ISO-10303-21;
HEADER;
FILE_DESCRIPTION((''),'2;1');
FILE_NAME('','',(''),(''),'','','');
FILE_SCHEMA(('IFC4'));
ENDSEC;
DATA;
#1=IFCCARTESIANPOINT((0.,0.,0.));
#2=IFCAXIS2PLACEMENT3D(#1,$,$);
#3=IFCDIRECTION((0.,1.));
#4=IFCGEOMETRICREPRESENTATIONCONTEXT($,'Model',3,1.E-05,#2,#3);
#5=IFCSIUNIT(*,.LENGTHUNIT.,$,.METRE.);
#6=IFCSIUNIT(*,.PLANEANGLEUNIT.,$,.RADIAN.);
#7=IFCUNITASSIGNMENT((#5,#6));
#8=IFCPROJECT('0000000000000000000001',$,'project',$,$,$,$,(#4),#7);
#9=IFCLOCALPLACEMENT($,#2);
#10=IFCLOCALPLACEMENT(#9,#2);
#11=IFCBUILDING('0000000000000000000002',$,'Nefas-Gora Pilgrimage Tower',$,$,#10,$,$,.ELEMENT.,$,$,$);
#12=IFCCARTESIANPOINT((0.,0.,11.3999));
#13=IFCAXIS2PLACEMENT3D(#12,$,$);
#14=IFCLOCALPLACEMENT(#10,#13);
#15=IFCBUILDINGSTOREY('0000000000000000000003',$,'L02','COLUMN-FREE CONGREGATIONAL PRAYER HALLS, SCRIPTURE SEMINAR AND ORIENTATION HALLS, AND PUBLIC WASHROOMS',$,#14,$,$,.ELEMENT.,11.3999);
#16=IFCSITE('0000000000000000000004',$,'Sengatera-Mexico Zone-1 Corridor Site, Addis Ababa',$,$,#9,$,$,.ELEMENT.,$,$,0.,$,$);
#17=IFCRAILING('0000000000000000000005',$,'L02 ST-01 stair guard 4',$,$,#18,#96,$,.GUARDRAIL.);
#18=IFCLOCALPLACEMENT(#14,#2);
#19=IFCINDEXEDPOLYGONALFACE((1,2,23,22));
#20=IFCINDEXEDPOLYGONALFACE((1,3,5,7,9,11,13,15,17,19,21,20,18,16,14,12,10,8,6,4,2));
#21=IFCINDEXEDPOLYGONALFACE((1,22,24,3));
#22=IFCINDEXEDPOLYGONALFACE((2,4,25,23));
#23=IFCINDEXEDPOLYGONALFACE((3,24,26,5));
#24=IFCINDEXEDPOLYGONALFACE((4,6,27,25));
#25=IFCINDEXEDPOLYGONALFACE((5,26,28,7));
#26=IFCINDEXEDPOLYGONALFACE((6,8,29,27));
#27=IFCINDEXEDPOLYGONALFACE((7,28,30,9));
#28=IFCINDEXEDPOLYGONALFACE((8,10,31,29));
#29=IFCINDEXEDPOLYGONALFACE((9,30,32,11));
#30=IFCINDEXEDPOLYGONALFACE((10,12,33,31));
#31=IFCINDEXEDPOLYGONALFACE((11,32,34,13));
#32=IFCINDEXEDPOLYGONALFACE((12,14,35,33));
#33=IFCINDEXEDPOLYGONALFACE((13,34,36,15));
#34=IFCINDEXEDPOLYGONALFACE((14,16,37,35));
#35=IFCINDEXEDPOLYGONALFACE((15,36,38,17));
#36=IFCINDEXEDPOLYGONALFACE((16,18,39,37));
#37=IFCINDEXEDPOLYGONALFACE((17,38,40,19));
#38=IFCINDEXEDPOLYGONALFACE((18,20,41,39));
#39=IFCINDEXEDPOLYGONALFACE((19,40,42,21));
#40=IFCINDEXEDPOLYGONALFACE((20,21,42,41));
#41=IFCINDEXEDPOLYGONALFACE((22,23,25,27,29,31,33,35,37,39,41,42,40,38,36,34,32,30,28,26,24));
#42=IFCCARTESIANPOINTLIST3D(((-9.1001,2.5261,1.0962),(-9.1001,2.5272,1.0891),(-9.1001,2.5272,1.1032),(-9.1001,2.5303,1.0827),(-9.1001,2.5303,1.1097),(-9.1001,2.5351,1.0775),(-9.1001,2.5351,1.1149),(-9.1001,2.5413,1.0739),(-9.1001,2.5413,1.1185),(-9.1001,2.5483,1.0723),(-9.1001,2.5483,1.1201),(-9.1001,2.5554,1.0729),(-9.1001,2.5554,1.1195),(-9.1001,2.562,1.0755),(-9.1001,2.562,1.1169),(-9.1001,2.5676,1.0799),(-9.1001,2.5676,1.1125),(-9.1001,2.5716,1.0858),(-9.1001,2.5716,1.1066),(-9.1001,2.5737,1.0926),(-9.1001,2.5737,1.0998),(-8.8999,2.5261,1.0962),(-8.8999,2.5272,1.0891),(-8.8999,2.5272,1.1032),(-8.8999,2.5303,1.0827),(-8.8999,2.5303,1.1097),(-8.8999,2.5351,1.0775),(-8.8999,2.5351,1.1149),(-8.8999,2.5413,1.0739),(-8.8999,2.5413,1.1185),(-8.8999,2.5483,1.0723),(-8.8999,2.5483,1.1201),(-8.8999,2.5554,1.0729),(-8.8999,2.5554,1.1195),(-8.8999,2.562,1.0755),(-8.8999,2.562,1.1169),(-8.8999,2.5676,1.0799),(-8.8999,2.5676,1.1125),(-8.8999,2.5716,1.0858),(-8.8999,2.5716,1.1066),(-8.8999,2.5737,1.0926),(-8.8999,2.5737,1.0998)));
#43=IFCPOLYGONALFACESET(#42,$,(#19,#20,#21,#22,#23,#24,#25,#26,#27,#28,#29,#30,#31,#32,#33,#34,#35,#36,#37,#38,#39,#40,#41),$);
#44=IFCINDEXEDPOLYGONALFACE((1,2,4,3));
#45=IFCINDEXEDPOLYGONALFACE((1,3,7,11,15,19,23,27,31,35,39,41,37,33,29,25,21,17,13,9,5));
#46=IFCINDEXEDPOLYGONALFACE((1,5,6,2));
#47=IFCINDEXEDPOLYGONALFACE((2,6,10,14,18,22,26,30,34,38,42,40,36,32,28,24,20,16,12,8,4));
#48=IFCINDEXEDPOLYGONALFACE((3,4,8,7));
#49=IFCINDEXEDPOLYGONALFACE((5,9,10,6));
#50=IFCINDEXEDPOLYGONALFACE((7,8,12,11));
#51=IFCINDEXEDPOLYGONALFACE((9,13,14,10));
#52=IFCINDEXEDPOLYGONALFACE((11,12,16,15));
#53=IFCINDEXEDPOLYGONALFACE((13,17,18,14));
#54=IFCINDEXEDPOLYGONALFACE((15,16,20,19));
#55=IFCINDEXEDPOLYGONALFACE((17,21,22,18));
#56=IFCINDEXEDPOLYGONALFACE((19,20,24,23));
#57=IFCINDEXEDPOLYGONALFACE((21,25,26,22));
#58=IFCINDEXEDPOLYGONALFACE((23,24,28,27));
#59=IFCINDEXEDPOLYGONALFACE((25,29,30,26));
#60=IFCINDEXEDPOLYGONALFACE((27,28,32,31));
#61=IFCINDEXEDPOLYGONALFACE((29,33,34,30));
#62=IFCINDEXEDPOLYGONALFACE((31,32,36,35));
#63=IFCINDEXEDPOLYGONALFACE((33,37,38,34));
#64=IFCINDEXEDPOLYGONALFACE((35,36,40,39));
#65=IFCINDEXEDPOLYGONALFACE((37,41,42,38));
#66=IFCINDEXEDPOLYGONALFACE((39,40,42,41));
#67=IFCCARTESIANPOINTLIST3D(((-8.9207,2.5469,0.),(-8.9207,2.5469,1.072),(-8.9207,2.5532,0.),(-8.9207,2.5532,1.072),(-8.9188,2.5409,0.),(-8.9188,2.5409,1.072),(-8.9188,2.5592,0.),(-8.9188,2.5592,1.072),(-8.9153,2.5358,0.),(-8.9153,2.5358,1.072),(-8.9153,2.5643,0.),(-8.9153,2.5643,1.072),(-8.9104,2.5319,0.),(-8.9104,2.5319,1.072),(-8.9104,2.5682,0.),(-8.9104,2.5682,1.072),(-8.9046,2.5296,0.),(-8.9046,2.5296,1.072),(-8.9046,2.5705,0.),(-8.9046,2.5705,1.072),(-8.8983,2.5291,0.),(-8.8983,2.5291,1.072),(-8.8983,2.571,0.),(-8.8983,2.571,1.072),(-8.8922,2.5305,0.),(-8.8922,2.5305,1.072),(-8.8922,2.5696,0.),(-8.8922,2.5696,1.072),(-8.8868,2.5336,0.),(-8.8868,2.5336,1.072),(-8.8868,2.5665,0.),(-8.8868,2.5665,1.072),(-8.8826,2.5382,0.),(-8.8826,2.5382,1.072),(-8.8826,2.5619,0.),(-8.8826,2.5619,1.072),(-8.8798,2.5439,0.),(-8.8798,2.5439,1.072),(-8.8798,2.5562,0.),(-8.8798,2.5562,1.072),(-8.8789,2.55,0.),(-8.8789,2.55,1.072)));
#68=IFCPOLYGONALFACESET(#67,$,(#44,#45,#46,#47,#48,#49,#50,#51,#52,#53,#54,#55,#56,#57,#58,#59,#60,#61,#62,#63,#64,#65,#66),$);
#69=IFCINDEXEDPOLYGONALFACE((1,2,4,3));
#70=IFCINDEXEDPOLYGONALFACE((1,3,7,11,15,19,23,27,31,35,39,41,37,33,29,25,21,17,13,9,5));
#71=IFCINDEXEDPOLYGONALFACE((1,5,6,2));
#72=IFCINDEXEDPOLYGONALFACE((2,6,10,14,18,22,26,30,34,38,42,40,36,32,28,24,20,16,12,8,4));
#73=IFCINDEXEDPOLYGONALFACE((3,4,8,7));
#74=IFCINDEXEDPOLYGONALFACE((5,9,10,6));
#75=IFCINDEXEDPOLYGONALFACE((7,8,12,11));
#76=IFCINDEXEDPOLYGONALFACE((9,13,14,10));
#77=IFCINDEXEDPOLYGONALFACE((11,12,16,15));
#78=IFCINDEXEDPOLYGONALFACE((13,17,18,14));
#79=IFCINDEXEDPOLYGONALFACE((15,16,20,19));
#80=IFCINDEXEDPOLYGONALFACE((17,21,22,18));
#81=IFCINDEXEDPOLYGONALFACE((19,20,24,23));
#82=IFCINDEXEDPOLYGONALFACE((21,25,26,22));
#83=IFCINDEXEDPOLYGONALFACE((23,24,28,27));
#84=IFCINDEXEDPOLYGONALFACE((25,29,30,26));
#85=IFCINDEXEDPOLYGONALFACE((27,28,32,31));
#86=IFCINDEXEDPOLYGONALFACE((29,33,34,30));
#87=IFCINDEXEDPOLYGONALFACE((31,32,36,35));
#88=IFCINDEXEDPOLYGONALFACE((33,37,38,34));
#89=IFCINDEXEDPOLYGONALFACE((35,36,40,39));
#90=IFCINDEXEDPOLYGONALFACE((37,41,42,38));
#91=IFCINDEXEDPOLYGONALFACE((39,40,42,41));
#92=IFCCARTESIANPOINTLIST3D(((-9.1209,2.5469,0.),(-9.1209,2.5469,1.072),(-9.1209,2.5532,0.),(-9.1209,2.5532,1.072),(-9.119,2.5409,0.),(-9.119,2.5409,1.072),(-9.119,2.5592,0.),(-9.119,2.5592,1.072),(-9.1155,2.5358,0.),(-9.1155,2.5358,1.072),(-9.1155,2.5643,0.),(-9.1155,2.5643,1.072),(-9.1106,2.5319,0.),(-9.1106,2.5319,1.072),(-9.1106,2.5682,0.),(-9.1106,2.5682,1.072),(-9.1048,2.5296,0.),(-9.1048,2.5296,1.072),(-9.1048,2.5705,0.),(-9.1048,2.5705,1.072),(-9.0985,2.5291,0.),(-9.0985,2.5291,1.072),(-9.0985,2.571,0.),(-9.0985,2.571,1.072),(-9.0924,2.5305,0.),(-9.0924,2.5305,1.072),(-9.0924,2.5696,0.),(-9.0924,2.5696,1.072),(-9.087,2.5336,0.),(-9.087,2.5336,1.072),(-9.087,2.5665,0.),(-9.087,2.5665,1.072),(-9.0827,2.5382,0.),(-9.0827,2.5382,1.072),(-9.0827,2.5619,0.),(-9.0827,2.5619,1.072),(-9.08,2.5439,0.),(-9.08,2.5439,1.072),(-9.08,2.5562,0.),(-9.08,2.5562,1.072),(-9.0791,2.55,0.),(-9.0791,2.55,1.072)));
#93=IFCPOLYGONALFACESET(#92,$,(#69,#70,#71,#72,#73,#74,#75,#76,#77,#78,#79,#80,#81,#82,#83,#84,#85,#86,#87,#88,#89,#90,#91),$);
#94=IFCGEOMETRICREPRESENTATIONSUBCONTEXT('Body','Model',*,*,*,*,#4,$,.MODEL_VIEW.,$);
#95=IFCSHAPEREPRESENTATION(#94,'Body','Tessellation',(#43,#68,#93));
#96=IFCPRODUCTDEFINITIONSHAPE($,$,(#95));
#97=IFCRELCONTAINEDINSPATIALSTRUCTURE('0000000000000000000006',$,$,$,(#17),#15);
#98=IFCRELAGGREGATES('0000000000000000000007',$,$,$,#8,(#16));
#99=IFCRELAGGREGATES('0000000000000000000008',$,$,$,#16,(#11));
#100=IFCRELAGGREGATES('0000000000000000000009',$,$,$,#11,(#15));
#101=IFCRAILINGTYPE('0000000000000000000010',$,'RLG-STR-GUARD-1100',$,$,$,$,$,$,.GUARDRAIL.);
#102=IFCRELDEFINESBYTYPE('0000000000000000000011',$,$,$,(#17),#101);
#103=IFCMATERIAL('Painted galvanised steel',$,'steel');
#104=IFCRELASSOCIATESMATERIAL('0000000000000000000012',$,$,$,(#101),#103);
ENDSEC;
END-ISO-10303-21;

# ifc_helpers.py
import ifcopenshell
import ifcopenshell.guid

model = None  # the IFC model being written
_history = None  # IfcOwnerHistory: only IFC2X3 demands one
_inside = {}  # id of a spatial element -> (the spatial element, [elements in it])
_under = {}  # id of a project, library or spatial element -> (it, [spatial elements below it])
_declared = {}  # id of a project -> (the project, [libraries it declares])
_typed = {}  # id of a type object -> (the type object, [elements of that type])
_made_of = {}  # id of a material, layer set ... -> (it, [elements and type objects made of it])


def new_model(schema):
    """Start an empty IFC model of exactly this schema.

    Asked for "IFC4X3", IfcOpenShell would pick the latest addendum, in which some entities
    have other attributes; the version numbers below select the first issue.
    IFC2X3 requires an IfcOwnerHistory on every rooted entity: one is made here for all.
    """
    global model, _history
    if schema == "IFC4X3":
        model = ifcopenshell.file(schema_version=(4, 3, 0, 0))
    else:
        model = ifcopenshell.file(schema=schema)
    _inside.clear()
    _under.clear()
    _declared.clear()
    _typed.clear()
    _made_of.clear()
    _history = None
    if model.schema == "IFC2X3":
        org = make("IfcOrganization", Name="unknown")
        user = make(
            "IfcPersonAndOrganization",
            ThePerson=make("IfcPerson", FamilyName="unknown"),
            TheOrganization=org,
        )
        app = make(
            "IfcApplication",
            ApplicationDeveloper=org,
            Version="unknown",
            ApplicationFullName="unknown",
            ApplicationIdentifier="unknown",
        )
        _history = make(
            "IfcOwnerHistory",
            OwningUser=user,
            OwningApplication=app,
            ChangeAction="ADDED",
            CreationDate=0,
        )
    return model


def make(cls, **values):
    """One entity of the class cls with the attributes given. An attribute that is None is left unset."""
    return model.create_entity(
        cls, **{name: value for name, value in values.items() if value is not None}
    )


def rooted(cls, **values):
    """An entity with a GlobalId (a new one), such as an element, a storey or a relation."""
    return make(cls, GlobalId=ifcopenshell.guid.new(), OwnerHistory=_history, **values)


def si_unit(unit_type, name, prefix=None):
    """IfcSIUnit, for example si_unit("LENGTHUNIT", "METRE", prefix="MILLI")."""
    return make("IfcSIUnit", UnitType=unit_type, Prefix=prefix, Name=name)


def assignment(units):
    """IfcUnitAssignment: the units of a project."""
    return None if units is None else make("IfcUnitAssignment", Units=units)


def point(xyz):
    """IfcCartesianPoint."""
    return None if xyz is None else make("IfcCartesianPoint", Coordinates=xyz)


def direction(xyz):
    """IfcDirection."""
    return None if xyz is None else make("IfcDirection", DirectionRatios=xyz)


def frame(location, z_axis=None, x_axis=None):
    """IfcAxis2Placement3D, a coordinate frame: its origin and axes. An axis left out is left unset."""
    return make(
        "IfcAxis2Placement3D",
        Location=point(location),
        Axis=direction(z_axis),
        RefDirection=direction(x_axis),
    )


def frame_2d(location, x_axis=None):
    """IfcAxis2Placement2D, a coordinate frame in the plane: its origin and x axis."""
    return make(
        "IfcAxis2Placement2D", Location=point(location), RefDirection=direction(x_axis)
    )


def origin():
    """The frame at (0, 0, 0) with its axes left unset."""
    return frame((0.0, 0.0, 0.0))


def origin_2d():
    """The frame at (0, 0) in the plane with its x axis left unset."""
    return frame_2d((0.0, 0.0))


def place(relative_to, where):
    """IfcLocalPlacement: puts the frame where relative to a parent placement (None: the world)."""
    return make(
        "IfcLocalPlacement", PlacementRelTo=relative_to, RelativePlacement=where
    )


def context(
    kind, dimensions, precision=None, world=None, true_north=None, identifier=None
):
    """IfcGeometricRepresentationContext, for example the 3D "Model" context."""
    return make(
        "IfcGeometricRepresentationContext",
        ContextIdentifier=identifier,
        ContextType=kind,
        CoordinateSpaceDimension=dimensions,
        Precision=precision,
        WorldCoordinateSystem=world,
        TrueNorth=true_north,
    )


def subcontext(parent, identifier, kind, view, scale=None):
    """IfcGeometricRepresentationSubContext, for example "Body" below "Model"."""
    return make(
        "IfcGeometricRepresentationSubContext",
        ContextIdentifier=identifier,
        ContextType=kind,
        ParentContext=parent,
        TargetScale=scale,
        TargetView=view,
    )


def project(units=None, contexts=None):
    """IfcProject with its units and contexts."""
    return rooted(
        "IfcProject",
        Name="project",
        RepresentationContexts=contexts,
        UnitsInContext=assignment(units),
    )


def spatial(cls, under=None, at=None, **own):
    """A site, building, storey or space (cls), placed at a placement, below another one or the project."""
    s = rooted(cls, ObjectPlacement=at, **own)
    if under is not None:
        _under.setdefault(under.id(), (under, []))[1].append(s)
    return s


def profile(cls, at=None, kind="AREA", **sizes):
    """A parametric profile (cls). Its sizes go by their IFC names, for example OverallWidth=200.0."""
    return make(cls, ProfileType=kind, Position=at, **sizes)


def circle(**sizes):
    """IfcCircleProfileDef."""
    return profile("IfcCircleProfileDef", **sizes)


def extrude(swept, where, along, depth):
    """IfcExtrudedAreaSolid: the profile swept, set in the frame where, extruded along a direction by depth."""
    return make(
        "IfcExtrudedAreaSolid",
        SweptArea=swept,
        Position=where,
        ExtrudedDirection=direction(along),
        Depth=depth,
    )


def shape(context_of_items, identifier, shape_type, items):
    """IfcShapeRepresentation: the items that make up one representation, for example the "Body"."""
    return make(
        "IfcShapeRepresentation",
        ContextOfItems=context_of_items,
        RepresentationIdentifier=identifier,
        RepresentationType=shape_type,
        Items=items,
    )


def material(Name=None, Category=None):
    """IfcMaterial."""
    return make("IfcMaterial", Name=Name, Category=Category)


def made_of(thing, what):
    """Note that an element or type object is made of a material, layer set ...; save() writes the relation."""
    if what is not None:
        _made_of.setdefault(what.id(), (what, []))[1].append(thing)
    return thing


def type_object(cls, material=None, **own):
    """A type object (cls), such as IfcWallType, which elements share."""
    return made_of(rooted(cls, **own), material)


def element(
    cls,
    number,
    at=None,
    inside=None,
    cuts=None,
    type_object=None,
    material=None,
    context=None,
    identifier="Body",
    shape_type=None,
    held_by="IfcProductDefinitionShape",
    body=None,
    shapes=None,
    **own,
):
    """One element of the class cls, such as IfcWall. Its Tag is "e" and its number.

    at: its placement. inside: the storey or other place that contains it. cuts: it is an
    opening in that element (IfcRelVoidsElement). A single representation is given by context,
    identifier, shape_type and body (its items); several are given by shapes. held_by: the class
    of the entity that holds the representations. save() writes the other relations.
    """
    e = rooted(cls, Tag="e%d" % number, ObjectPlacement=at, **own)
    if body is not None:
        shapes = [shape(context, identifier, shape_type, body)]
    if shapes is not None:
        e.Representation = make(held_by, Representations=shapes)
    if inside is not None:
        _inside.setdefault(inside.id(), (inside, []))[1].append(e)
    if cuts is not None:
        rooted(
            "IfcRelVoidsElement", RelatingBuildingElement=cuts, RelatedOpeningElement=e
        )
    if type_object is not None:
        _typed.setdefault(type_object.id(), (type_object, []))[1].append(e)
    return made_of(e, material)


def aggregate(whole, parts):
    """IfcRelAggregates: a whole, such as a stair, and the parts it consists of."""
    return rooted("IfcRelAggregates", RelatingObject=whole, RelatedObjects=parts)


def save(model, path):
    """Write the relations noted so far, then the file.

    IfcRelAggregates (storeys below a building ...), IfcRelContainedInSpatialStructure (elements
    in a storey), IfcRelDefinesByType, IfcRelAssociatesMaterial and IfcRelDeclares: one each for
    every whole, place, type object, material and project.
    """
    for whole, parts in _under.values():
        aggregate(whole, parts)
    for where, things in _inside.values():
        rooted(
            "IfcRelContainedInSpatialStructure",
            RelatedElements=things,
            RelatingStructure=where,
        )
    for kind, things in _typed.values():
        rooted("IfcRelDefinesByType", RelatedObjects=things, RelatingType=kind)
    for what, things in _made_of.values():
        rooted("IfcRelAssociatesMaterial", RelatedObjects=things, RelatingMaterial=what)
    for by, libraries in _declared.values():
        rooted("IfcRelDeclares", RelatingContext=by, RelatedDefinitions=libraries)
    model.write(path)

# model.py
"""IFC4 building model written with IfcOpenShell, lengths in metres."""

from ifc_helpers import new_model, si_unit, direction, frame, origin, origin_2d, place, context, subcontext, project, spatial, circle, extrude, material, type_object, element, save


model = new_model("IFC4")

# Units and contexts
model_context = context("Model", 3, precision=1e-05, world=origin(), true_north=direction((0.0, 1.0)))
body_context = subcontext(model_context, "Body", "Model", "MODEL_VIEW")
ifc_project = project(units=[si_unit("LENGTHUNIT", "METRE"), si_unit("PLANEANGLEUNIT", "RADIAN")], contexts=[model_context])

# Site, building, storey
site_placement = place(None, origin())
site = spatial("IfcSite", under=ifc_project, at=site_placement, Name="Sengatera-Mexico Zone-1 Corridor Site, Addis Ababa", CompositionType="ELEMENT", RefElevation=0.0)
building_placement = place(site_placement, origin())
building = spatial("IfcBuilding", under=site, at=building_placement, Name="Nefas-Gora Pilgrimage Tower", CompositionType="ELEMENT")
storey_placement = place(building_placement, frame((0.0, 0.0, 11.3999)))
storey = spatial("IfcBuildingStorey", under=building, at=storey_placement, Name="L02", Description="COLUMN-FREE CONGREGATIONAL PRAYER HALLS, SCRIPTURE SEMINAR AND ORIENTATION HALLS, AND PUBLIC WASHROOMS", CompositionType="ELEMENT", Elevation=11.3999)

# Railing
ifc_material_1 = material(Name="Painted galvanised steel", Category="steel")
railing_type_1 = type_object("IfcRailingType", Name="RLG-STR-GUARD-1100", PredefinedType="GUARDRAIL", material=ifc_material_1)
railing_1_placement = place(storey_placement, frame((-8.8999, 2.55, 0.0)))
element("IfcRailing", 1, at=railing_1_placement, inside=storey, type_object=railing_type_1, Name="L02 ST-01 stair guard 4", PredefinedType="GUARDRAIL", context=body_context, shape_type="SweptSolid", body=[
    extrude(circle(Radius=0.0239, at=origin_2d()), frame((0.0, 0.0, 1.0962), z_axis=(-1.0, 0.0, 0.0), x_axis=(0.0, -1.0, 0.0)), (0.0, 0.0, 1.0), 0.2002),
    extrude(circle(Radius=0.021, at=origin_2d()), origin(), (0.0, 0.0, 1.0), 1.072),
    extrude(circle(Radius=0.021, at=origin_2d()), frame((-0.2002, 0.0, 0.0)), (0.0, 0.0, 1.0), 1.072),
])

save(model, "model.ifc")
